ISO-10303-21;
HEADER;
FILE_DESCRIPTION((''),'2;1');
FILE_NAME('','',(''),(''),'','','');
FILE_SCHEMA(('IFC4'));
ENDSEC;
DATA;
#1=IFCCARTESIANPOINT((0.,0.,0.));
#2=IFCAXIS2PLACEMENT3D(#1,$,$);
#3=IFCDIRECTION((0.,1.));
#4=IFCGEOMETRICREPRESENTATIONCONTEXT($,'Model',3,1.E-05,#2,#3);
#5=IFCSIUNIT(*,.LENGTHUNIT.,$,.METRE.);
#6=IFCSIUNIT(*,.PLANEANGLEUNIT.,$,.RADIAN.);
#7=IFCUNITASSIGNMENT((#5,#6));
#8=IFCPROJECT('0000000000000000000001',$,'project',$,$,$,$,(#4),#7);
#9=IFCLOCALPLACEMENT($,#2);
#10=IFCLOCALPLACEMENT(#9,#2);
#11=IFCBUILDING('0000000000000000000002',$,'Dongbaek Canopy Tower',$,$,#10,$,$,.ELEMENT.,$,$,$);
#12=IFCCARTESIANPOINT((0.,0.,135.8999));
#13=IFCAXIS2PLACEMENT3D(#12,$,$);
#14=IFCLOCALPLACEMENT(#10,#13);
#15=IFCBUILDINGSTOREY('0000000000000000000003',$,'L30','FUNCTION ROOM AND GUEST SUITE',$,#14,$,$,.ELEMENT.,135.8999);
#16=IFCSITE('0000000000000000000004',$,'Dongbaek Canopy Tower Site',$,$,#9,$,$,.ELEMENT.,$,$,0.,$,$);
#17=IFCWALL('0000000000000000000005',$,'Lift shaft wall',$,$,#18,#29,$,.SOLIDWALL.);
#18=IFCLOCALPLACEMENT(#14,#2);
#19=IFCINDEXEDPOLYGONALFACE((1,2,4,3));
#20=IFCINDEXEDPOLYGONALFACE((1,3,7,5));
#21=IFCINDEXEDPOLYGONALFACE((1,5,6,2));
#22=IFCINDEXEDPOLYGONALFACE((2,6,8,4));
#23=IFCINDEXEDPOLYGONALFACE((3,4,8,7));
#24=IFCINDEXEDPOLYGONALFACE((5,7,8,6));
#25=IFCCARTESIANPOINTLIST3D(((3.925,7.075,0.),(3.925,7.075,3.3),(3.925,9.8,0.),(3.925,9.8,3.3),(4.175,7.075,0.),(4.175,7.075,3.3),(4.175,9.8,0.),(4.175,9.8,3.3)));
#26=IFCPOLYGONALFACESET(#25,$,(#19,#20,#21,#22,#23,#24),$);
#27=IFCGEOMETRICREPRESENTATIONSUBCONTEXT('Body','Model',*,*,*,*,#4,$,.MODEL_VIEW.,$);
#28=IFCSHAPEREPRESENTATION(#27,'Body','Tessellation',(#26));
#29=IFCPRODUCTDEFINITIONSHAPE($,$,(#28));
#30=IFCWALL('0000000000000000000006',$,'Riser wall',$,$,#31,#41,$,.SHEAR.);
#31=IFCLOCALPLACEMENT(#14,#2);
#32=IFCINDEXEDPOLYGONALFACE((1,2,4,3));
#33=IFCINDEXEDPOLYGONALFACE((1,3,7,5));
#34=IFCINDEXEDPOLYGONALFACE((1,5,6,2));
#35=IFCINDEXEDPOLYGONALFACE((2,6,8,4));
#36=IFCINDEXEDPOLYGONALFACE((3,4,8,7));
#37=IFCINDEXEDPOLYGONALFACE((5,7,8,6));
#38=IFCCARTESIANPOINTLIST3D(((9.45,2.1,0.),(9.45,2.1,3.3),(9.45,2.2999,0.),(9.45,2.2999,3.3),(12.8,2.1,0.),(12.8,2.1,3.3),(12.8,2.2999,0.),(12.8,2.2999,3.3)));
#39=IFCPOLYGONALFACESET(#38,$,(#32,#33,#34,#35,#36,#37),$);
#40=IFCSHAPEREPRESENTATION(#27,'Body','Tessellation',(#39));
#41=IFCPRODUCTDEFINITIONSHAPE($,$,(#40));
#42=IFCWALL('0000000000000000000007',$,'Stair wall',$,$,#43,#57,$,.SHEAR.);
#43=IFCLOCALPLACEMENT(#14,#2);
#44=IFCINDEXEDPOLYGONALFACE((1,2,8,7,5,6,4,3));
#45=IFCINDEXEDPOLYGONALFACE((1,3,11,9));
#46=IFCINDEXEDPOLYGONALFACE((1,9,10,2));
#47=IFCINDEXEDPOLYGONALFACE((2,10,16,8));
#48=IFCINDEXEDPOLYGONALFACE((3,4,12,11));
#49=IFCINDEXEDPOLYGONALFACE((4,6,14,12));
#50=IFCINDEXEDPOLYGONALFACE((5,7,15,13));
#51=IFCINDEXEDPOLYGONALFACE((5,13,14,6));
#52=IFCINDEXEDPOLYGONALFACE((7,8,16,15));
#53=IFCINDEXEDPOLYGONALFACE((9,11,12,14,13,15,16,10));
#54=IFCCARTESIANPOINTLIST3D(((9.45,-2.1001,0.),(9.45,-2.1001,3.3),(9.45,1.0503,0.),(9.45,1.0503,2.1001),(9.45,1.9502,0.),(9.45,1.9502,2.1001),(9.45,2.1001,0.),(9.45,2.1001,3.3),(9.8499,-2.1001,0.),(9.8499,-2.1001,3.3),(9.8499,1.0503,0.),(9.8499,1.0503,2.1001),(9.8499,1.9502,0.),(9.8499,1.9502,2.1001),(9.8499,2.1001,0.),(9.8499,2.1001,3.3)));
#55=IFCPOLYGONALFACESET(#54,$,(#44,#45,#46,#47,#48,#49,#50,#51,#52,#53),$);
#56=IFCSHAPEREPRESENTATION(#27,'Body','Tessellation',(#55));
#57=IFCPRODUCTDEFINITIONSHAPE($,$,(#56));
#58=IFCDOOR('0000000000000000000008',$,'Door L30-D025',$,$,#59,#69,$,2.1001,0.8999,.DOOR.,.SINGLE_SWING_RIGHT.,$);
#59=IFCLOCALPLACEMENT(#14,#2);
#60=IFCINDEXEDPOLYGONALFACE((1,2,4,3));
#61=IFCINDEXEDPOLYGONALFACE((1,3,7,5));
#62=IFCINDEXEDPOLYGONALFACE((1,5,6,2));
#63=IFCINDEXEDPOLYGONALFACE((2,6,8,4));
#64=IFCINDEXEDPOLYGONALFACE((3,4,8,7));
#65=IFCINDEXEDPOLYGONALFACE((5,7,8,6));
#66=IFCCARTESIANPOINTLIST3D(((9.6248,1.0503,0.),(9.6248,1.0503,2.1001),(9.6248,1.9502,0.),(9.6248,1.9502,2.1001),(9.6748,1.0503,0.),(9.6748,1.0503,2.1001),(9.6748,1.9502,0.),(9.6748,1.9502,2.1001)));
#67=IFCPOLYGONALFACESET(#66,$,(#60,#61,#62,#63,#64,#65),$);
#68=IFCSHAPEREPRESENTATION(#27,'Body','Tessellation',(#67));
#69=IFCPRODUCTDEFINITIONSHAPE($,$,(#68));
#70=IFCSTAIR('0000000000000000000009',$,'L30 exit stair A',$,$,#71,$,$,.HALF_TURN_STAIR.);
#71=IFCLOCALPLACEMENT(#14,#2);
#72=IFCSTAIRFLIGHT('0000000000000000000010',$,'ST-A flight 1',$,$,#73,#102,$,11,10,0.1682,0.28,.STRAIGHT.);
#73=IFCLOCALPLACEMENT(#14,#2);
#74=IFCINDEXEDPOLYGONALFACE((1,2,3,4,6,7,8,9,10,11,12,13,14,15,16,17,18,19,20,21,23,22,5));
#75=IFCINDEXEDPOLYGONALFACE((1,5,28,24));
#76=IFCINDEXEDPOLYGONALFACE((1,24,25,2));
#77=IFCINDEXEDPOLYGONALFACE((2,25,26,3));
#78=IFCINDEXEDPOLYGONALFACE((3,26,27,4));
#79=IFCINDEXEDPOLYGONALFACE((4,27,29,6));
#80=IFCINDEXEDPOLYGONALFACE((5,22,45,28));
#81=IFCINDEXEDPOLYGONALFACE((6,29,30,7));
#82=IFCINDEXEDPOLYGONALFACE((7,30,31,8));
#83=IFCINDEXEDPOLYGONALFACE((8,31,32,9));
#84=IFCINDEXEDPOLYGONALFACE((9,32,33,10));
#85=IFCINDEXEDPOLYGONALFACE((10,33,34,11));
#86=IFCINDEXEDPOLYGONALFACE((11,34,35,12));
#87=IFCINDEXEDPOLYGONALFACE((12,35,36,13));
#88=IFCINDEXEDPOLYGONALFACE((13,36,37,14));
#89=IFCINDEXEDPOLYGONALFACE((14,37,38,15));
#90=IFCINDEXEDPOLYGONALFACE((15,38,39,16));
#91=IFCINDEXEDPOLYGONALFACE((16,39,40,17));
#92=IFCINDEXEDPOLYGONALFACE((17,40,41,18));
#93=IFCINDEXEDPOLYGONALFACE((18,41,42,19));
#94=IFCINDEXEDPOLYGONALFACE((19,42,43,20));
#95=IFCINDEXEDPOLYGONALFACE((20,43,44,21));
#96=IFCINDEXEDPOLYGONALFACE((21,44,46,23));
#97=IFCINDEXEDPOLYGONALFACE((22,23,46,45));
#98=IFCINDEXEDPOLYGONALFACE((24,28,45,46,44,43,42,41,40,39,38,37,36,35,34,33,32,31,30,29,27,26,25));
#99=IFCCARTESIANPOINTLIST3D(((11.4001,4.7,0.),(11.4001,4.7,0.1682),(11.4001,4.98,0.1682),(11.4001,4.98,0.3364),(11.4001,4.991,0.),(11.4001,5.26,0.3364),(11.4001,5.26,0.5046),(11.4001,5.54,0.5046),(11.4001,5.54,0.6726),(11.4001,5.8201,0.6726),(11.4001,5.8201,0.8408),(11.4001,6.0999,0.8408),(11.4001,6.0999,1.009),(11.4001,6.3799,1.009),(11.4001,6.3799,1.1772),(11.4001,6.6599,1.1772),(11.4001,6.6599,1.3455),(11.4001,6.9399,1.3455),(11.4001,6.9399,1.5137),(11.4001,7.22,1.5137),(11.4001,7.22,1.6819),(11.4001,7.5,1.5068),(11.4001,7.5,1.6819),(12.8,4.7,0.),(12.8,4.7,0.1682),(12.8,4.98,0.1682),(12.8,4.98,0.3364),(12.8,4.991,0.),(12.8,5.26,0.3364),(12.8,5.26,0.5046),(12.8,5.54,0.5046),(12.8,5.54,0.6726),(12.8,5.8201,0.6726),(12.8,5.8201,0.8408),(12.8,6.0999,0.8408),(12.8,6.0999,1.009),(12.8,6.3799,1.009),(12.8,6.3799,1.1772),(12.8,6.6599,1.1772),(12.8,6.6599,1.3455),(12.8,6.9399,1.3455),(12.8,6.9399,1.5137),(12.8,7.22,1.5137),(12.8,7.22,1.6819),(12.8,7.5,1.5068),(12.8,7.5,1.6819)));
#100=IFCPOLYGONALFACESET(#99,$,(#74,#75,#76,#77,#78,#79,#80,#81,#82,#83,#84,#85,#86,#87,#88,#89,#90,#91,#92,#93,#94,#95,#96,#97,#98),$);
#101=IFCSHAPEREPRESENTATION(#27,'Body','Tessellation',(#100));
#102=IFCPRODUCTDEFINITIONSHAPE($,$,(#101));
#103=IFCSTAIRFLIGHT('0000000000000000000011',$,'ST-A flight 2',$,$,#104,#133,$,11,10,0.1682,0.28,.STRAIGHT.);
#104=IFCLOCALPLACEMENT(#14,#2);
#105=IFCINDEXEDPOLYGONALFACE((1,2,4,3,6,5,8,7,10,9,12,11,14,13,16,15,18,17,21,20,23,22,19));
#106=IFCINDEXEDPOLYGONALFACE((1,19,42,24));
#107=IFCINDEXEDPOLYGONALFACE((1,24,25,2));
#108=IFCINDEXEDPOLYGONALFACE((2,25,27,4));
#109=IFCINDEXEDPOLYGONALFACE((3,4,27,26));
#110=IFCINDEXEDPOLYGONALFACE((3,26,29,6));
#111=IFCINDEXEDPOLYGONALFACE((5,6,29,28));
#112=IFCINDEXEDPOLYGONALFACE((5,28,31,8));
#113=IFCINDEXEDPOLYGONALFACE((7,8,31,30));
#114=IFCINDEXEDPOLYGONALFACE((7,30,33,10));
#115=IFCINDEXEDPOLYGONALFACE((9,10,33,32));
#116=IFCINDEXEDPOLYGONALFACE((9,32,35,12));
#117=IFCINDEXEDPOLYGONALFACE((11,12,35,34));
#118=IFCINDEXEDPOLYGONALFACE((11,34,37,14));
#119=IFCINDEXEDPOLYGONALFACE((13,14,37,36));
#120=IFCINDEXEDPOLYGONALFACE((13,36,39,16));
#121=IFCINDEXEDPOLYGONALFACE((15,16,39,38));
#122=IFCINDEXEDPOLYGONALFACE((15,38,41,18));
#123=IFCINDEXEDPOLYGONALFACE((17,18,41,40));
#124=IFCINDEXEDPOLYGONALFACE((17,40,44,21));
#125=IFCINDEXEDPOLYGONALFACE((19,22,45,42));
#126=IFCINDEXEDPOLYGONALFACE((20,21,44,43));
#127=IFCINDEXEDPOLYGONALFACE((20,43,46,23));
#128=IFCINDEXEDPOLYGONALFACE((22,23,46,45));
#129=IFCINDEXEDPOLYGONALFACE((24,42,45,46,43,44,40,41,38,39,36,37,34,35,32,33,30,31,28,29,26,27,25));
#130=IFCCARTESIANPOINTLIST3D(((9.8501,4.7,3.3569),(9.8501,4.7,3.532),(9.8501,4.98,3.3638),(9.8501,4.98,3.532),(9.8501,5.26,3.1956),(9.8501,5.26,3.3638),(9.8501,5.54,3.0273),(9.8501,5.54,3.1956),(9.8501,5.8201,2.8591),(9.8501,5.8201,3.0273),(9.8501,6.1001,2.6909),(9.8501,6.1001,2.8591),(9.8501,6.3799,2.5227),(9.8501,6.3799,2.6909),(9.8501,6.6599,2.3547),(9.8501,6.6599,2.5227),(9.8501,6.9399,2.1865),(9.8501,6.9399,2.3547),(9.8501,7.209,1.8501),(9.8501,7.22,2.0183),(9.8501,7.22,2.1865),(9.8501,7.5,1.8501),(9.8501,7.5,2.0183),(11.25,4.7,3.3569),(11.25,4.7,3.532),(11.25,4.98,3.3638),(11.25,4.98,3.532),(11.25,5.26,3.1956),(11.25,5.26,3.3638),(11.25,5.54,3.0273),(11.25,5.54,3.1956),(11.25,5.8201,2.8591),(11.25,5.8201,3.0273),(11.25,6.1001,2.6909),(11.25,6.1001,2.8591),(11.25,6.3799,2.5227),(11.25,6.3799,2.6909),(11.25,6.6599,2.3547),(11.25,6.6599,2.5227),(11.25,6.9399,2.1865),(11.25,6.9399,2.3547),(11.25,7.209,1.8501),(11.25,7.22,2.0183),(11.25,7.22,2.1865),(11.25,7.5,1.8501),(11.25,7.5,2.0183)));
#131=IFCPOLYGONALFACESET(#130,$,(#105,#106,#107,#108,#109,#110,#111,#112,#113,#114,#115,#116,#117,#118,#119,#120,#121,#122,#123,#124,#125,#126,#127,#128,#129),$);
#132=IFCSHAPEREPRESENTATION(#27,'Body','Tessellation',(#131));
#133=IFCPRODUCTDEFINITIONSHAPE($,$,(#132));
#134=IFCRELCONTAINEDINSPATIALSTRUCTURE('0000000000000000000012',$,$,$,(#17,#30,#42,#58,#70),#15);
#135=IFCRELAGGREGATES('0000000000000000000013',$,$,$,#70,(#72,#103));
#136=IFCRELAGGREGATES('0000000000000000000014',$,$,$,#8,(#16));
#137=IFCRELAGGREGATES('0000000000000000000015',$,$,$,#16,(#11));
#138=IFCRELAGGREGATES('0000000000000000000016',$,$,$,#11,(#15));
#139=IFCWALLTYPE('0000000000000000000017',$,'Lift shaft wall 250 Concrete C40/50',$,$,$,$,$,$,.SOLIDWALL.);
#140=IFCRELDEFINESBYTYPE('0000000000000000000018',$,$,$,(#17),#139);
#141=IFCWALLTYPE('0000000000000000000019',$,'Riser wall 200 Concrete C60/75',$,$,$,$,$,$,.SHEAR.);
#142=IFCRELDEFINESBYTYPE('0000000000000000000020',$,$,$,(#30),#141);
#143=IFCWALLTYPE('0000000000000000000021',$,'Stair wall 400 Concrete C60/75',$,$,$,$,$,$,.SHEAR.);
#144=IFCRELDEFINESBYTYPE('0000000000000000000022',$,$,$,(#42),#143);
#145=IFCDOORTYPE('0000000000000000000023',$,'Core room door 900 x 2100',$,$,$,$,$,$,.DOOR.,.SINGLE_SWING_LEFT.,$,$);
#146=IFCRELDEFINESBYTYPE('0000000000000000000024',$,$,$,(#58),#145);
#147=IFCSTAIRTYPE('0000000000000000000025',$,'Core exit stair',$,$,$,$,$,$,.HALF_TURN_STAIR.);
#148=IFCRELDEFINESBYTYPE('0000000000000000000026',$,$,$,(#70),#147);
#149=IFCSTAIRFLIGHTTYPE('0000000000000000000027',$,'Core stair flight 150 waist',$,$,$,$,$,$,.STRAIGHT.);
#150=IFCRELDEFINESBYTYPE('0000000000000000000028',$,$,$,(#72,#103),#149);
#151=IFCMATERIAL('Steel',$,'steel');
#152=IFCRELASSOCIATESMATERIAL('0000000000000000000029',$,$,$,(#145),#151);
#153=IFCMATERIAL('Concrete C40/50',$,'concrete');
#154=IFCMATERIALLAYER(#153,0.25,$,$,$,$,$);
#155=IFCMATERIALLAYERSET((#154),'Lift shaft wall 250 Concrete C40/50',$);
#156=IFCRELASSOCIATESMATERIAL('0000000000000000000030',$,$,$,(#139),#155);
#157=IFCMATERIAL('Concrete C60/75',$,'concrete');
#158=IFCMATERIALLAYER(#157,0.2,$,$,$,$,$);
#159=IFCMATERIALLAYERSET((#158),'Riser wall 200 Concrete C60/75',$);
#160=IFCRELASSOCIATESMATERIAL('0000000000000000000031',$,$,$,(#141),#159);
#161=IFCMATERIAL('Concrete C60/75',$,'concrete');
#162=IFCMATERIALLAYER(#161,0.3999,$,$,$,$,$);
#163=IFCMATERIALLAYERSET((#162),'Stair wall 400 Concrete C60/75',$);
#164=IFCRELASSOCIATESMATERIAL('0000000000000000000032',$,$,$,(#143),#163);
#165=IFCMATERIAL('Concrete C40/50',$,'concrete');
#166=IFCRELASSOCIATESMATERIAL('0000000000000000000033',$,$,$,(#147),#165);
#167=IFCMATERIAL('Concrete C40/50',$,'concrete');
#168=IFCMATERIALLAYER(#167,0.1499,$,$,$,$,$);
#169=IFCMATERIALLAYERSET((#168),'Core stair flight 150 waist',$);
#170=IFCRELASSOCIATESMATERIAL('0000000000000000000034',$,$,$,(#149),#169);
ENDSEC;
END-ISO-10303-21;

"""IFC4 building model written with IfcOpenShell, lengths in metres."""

from ifc_helpers import new_model, si_unit, direction, frame, frame_2d, origin, place, context, subcontext, project, spatial, polyline, rectangle, outline, extrude, material, layer, layer_set, type_object, element, fill, aggregate, save


model = new_model("IFC4")

# Units and contexts
model_context = context("Model", 3, precision=1e-05, world=origin(), true_north=direction((0.0, 1.0)))
body_context = subcontext(model_context, "Body", "Model", "MODEL_VIEW")
ifc_project = project(units=[si_unit("LENGTHUNIT", "METRE"), si_unit("PLANEANGLEUNIT", "RADIAN")], contexts=[model_context])

# Site, building, storey
site_placement = place(None, origin())
site = spatial("IfcSite", under=ifc_project, at=site_placement, Name="Dongbaek Canopy Tower Site", CompositionType="ELEMENT", RefElevation=0.0)
building_placement = place(site_placement, origin())
building = spatial("IfcBuilding", under=site, at=building_placement, Name="Dongbaek Canopy Tower", CompositionType="ELEMENT")
storey_placement = place(building_placement, frame((0.0, 0.0, 135.8999)))
storey = spatial("IfcBuildingStorey", under=building, at=storey_placement, Name="L30", Description="FUNCTION ROOM AND GUEST SUITE", CompositionType="ELEMENT", Elevation=135.8999)

# Shared definitions
ifc_material_1 = material(Name="Steel", Category="steel")
door_type_1 = type_object("IfcDoorType", Name="Core room door 900 x 2100", OperationType="SINGLE_SWING_LEFT", PredefinedType="DOOR", material=ifc_material_1)

# Walls
ifc_material_2 = material(Name="Concrete C40/50", Category="concrete")
ifc_layer_1 = layer(ifc_material_2, 0.25)
ifc_layer_set_1 = layer_set([ifc_layer_1], Name="Lift shaft wall 250 Concrete C40/50")
wall_type_1 = type_object("IfcWallType", Name="Lift shaft wall 250 Concrete C40/50", PredefinedType="SOLIDWALL", material=ifc_layer_set_1)
for number, where, z_axis, x_axis, name in (
    (1, (4.05, 7.075, 0.0), (0.0, 0.0, 1.0), (0.0, 1.0, 0.0), "Lift shaft wall"),
):
    element("IfcWall", number, at=place(storey_placement, frame(where, z_axis=z_axis, x_axis=x_axis)), inside=storey, type_object=wall_type_1, Name=name, PredefinedType="SOLIDWALL", context=body_context, shape_type="SweptSolid", body=[
        extrude(rectangle(XDim=2.7251, YDim=0.25, at=frame_2d((1.3625, 0.0))), origin(), (0.0, 0.0, 1.0), 3.3),
    ])
ifc_material_3 = material(Name="Concrete C60/75", Category="concrete")
ifc_layer_2 = layer(ifc_material_3, 0.2)
ifc_layer_set_2 = layer_set([ifc_layer_2], Name="Riser wall 200 Concrete C60/75")
wall_type_2 = type_object("IfcWallType", Name="Riser wall 200 Concrete C60/75", PredefinedType="SHEAR", material=ifc_layer_set_2)
wall_1_placement = place(storey_placement, frame((9.45, 2.2, 0.0), z_axis=(0.0, 0.0, 1.0), x_axis=(1.0, 0.0, 0.0)))
element("IfcWall", 2, at=wall_1_placement, inside=storey, type_object=wall_type_2, Name="Riser wall", PredefinedType="SHEAR", context=body_context, shape_type="SweptSolid", body=[
    extrude(rectangle(XDim=3.3501, YDim=0.2, at=frame_2d((1.675, 0.0))), origin(), (0.0, 0.0, 1.0), 3.3),
])

# Wall, opening, door
ifc_material_4 = material(Name="Concrete C60/75", Category="concrete")
ifc_layer_3 = layer(ifc_material_4, 0.3999)
ifc_layer_set_3 = layer_set([ifc_layer_3], Name="Stair wall 400 Concrete C60/75")
wall_type_3 = type_object("IfcWallType", Name="Stair wall 400 Concrete C60/75", PredefinedType="SHEAR", material=ifc_layer_set_3)
wall_2_placement = place(storey_placement, frame((9.6499, 2.1001, 0.0), z_axis=(0.0, 0.0, 1.0), x_axis=(0.0, -1.0, 0.0)))
wall_2 = element("IfcWall", 3, at=wall_2_placement, inside=storey, type_object=wall_type_3, Name="Stair wall", PredefinedType="SHEAR", context=body_context, shape_type="SweptSolid", body=[
    extrude(rectangle(XDim=4.2002, YDim=0.3999, at=frame_2d((2.1001, 0.0))), origin(), (0.0, 0.0, 1.0), 3.3),
])
opening_1_placement = place(wall_2_placement, frame((0.1499, 0.0, 0.0)))
opening_1 = element("IfcOpeningElement", 4, at=opening_1_placement, cuts=wall_2, PredefinedType="OPENING", context=body_context, shape_type="SweptSolid", body=[
    extrude(rectangle(XDim=0.8999, YDim=2.1001, at=frame_2d((0.45, 1.05))), frame((0.0, 0.21, 0.0), z_axis=(0.0, -1.0, 0.0), x_axis=(1.0, 0.0, 0.0)), (0.0, 0.0, 1.0), 0.4199),
])
door_1_placement = place(opening_1_placement, origin())
door_1 = element("IfcDoor", 5, at=door_1_placement, inside=storey, type_object=door_type_1, Name="Door L30-D025", OperationType="SINGLE_SWING_RIGHT", OverallHeight=2.1001, OverallWidth=0.8999, PredefinedType="DOOR", context=body_context, shape_type="SweptSolid", body=[
    extrude(rectangle(XDim=0.8999, YDim=2.1001, at=frame_2d((0.45, 1.05))), frame((0.0, 0.0249, 0.0), z_axis=(0.0, -1.0, 0.0), x_axis=(1.0, 0.0, 0.0)), (0.0, 0.0, 1.0), 0.05),
])
fill(opening_1, door_1)

# Stair, stair flights
ifc_material_5 = material(Name="Concrete C40/50", Category="concrete")
stair_type = type_object("IfcStairType", Name="Core exit stair", PredefinedType="HALF_TURN_STAIR", material=ifc_material_5)
stair_placement = place(storey_placement, origin())
stair = element("IfcStair", 6, at=stair_placement, inside=storey, type_object=stair_type, Name="L30 exit stair A", PredefinedType="HALF_TURN_STAIR")
ifc_material_6 = material(Name="Concrete C40/50", Category="concrete")
ifc_layer_4 = layer(ifc_material_6, 0.1499)
ifc_layer_set_4 = layer_set([ifc_layer_4], Name="Core stair flight 150 waist")
stair_flight_type = type_object("IfcStairFlightType", Name="Core stair flight 150 waist", PredefinedType="STRAIGHT", material=ifc_layer_set_4)
stair_flight_1_placement = place(storey_placement, frame((12.1001, 4.7, 0.0), z_axis=(0.0, 0.0, 1.0), x_axis=(0.0, 1.0, 0.0)))
stair_flight_1 = element("IfcStairFlight", 7, at=stair_flight_1_placement, type_object=stair_flight_type, Name="ST-A flight 1", NumberOfRisers=11, NumberOfTreads=10, PredefinedType="STRAIGHT", RiserHeight=0.1682, TreadLength=0.28, context=body_context, shape_type="SweptSolid", body=[
    extrude(outline(polyline([(0.0, 0.0), (0.0, 0.1682), (0.28, 0.1682), (0.28, 0.3364), (0.5601, 0.3364), (0.5601, 0.5046), (0.8401, 0.5046), (0.8401, 0.6726), (1.1201, 0.6726), (1.1201, 0.8408), (1.3999, 0.8408), (1.3999, 1.009), (1.6799, 1.009), (1.6799, 1.1772), (1.96, 1.1772), (1.96, 1.3455), (2.24, 1.3455), (2.24, 1.5137), (2.52, 1.5137), (2.52, 1.6819), (2.8, 1.6819), (2.8, 1.8501), (2.8, 1.5068), (0.291, 0.0), (0.0, 0.0)])), frame((0.0, 0.7, 0.0), z_axis=(0.0, -1.0, 0.0), x_axis=(1.0, 0.0, 0.0)), (0.0, 0.0, 1.0), 1.3999),
])
stair_flight_2_placement = place(storey_placement, frame((10.55, 7.5, 1.8501), z_axis=(0.0, 0.0, 1.0), x_axis=(0.0, -1.0, 0.0)))
stair_flight_2 = element("IfcStairFlight", 8, at=stair_flight_2_placement, type_object=stair_flight_type, Name="ST-A flight 2", NumberOfRisers=11, NumberOfTreads=10, PredefinedType="STRAIGHT", RiserHeight=0.1682, TreadLength=0.28, context=body_context, shape_type="SweptSolid", body=[
    extrude(outline(polyline([(0.0, 0.0), (0.0, 0.1682), (0.28, 0.1682), (0.28, 0.3364), (0.5601, 0.3364), (0.5601, 0.5046), (0.8401, 0.5046), (0.8401, 0.6726), (1.1201, 0.6726), (1.1201, 0.8408), (1.3999, 0.8408), (1.3999, 1.009), (1.6799, 1.009), (1.6799, 1.1772), (1.96, 1.1772), (1.96, 1.3455), (2.24, 1.3455), (2.24, 1.5137), (2.52, 1.5137), (2.52, 1.6819), (2.8, 1.6819), (2.8, 1.8501), (2.8, 1.5068), (0.291, 0.0), (0.0, 0.0)])), frame((0.0, 0.7, 0.0), z_axis=(0.0, -1.0, 0.0), x_axis=(1.0, 0.0, 0.0)), (0.0, 0.0, 1.0), 1.3999),
])
aggregate(stair, [stair_flight_1, stair_flight_2])

save(model, "model.ifc")
